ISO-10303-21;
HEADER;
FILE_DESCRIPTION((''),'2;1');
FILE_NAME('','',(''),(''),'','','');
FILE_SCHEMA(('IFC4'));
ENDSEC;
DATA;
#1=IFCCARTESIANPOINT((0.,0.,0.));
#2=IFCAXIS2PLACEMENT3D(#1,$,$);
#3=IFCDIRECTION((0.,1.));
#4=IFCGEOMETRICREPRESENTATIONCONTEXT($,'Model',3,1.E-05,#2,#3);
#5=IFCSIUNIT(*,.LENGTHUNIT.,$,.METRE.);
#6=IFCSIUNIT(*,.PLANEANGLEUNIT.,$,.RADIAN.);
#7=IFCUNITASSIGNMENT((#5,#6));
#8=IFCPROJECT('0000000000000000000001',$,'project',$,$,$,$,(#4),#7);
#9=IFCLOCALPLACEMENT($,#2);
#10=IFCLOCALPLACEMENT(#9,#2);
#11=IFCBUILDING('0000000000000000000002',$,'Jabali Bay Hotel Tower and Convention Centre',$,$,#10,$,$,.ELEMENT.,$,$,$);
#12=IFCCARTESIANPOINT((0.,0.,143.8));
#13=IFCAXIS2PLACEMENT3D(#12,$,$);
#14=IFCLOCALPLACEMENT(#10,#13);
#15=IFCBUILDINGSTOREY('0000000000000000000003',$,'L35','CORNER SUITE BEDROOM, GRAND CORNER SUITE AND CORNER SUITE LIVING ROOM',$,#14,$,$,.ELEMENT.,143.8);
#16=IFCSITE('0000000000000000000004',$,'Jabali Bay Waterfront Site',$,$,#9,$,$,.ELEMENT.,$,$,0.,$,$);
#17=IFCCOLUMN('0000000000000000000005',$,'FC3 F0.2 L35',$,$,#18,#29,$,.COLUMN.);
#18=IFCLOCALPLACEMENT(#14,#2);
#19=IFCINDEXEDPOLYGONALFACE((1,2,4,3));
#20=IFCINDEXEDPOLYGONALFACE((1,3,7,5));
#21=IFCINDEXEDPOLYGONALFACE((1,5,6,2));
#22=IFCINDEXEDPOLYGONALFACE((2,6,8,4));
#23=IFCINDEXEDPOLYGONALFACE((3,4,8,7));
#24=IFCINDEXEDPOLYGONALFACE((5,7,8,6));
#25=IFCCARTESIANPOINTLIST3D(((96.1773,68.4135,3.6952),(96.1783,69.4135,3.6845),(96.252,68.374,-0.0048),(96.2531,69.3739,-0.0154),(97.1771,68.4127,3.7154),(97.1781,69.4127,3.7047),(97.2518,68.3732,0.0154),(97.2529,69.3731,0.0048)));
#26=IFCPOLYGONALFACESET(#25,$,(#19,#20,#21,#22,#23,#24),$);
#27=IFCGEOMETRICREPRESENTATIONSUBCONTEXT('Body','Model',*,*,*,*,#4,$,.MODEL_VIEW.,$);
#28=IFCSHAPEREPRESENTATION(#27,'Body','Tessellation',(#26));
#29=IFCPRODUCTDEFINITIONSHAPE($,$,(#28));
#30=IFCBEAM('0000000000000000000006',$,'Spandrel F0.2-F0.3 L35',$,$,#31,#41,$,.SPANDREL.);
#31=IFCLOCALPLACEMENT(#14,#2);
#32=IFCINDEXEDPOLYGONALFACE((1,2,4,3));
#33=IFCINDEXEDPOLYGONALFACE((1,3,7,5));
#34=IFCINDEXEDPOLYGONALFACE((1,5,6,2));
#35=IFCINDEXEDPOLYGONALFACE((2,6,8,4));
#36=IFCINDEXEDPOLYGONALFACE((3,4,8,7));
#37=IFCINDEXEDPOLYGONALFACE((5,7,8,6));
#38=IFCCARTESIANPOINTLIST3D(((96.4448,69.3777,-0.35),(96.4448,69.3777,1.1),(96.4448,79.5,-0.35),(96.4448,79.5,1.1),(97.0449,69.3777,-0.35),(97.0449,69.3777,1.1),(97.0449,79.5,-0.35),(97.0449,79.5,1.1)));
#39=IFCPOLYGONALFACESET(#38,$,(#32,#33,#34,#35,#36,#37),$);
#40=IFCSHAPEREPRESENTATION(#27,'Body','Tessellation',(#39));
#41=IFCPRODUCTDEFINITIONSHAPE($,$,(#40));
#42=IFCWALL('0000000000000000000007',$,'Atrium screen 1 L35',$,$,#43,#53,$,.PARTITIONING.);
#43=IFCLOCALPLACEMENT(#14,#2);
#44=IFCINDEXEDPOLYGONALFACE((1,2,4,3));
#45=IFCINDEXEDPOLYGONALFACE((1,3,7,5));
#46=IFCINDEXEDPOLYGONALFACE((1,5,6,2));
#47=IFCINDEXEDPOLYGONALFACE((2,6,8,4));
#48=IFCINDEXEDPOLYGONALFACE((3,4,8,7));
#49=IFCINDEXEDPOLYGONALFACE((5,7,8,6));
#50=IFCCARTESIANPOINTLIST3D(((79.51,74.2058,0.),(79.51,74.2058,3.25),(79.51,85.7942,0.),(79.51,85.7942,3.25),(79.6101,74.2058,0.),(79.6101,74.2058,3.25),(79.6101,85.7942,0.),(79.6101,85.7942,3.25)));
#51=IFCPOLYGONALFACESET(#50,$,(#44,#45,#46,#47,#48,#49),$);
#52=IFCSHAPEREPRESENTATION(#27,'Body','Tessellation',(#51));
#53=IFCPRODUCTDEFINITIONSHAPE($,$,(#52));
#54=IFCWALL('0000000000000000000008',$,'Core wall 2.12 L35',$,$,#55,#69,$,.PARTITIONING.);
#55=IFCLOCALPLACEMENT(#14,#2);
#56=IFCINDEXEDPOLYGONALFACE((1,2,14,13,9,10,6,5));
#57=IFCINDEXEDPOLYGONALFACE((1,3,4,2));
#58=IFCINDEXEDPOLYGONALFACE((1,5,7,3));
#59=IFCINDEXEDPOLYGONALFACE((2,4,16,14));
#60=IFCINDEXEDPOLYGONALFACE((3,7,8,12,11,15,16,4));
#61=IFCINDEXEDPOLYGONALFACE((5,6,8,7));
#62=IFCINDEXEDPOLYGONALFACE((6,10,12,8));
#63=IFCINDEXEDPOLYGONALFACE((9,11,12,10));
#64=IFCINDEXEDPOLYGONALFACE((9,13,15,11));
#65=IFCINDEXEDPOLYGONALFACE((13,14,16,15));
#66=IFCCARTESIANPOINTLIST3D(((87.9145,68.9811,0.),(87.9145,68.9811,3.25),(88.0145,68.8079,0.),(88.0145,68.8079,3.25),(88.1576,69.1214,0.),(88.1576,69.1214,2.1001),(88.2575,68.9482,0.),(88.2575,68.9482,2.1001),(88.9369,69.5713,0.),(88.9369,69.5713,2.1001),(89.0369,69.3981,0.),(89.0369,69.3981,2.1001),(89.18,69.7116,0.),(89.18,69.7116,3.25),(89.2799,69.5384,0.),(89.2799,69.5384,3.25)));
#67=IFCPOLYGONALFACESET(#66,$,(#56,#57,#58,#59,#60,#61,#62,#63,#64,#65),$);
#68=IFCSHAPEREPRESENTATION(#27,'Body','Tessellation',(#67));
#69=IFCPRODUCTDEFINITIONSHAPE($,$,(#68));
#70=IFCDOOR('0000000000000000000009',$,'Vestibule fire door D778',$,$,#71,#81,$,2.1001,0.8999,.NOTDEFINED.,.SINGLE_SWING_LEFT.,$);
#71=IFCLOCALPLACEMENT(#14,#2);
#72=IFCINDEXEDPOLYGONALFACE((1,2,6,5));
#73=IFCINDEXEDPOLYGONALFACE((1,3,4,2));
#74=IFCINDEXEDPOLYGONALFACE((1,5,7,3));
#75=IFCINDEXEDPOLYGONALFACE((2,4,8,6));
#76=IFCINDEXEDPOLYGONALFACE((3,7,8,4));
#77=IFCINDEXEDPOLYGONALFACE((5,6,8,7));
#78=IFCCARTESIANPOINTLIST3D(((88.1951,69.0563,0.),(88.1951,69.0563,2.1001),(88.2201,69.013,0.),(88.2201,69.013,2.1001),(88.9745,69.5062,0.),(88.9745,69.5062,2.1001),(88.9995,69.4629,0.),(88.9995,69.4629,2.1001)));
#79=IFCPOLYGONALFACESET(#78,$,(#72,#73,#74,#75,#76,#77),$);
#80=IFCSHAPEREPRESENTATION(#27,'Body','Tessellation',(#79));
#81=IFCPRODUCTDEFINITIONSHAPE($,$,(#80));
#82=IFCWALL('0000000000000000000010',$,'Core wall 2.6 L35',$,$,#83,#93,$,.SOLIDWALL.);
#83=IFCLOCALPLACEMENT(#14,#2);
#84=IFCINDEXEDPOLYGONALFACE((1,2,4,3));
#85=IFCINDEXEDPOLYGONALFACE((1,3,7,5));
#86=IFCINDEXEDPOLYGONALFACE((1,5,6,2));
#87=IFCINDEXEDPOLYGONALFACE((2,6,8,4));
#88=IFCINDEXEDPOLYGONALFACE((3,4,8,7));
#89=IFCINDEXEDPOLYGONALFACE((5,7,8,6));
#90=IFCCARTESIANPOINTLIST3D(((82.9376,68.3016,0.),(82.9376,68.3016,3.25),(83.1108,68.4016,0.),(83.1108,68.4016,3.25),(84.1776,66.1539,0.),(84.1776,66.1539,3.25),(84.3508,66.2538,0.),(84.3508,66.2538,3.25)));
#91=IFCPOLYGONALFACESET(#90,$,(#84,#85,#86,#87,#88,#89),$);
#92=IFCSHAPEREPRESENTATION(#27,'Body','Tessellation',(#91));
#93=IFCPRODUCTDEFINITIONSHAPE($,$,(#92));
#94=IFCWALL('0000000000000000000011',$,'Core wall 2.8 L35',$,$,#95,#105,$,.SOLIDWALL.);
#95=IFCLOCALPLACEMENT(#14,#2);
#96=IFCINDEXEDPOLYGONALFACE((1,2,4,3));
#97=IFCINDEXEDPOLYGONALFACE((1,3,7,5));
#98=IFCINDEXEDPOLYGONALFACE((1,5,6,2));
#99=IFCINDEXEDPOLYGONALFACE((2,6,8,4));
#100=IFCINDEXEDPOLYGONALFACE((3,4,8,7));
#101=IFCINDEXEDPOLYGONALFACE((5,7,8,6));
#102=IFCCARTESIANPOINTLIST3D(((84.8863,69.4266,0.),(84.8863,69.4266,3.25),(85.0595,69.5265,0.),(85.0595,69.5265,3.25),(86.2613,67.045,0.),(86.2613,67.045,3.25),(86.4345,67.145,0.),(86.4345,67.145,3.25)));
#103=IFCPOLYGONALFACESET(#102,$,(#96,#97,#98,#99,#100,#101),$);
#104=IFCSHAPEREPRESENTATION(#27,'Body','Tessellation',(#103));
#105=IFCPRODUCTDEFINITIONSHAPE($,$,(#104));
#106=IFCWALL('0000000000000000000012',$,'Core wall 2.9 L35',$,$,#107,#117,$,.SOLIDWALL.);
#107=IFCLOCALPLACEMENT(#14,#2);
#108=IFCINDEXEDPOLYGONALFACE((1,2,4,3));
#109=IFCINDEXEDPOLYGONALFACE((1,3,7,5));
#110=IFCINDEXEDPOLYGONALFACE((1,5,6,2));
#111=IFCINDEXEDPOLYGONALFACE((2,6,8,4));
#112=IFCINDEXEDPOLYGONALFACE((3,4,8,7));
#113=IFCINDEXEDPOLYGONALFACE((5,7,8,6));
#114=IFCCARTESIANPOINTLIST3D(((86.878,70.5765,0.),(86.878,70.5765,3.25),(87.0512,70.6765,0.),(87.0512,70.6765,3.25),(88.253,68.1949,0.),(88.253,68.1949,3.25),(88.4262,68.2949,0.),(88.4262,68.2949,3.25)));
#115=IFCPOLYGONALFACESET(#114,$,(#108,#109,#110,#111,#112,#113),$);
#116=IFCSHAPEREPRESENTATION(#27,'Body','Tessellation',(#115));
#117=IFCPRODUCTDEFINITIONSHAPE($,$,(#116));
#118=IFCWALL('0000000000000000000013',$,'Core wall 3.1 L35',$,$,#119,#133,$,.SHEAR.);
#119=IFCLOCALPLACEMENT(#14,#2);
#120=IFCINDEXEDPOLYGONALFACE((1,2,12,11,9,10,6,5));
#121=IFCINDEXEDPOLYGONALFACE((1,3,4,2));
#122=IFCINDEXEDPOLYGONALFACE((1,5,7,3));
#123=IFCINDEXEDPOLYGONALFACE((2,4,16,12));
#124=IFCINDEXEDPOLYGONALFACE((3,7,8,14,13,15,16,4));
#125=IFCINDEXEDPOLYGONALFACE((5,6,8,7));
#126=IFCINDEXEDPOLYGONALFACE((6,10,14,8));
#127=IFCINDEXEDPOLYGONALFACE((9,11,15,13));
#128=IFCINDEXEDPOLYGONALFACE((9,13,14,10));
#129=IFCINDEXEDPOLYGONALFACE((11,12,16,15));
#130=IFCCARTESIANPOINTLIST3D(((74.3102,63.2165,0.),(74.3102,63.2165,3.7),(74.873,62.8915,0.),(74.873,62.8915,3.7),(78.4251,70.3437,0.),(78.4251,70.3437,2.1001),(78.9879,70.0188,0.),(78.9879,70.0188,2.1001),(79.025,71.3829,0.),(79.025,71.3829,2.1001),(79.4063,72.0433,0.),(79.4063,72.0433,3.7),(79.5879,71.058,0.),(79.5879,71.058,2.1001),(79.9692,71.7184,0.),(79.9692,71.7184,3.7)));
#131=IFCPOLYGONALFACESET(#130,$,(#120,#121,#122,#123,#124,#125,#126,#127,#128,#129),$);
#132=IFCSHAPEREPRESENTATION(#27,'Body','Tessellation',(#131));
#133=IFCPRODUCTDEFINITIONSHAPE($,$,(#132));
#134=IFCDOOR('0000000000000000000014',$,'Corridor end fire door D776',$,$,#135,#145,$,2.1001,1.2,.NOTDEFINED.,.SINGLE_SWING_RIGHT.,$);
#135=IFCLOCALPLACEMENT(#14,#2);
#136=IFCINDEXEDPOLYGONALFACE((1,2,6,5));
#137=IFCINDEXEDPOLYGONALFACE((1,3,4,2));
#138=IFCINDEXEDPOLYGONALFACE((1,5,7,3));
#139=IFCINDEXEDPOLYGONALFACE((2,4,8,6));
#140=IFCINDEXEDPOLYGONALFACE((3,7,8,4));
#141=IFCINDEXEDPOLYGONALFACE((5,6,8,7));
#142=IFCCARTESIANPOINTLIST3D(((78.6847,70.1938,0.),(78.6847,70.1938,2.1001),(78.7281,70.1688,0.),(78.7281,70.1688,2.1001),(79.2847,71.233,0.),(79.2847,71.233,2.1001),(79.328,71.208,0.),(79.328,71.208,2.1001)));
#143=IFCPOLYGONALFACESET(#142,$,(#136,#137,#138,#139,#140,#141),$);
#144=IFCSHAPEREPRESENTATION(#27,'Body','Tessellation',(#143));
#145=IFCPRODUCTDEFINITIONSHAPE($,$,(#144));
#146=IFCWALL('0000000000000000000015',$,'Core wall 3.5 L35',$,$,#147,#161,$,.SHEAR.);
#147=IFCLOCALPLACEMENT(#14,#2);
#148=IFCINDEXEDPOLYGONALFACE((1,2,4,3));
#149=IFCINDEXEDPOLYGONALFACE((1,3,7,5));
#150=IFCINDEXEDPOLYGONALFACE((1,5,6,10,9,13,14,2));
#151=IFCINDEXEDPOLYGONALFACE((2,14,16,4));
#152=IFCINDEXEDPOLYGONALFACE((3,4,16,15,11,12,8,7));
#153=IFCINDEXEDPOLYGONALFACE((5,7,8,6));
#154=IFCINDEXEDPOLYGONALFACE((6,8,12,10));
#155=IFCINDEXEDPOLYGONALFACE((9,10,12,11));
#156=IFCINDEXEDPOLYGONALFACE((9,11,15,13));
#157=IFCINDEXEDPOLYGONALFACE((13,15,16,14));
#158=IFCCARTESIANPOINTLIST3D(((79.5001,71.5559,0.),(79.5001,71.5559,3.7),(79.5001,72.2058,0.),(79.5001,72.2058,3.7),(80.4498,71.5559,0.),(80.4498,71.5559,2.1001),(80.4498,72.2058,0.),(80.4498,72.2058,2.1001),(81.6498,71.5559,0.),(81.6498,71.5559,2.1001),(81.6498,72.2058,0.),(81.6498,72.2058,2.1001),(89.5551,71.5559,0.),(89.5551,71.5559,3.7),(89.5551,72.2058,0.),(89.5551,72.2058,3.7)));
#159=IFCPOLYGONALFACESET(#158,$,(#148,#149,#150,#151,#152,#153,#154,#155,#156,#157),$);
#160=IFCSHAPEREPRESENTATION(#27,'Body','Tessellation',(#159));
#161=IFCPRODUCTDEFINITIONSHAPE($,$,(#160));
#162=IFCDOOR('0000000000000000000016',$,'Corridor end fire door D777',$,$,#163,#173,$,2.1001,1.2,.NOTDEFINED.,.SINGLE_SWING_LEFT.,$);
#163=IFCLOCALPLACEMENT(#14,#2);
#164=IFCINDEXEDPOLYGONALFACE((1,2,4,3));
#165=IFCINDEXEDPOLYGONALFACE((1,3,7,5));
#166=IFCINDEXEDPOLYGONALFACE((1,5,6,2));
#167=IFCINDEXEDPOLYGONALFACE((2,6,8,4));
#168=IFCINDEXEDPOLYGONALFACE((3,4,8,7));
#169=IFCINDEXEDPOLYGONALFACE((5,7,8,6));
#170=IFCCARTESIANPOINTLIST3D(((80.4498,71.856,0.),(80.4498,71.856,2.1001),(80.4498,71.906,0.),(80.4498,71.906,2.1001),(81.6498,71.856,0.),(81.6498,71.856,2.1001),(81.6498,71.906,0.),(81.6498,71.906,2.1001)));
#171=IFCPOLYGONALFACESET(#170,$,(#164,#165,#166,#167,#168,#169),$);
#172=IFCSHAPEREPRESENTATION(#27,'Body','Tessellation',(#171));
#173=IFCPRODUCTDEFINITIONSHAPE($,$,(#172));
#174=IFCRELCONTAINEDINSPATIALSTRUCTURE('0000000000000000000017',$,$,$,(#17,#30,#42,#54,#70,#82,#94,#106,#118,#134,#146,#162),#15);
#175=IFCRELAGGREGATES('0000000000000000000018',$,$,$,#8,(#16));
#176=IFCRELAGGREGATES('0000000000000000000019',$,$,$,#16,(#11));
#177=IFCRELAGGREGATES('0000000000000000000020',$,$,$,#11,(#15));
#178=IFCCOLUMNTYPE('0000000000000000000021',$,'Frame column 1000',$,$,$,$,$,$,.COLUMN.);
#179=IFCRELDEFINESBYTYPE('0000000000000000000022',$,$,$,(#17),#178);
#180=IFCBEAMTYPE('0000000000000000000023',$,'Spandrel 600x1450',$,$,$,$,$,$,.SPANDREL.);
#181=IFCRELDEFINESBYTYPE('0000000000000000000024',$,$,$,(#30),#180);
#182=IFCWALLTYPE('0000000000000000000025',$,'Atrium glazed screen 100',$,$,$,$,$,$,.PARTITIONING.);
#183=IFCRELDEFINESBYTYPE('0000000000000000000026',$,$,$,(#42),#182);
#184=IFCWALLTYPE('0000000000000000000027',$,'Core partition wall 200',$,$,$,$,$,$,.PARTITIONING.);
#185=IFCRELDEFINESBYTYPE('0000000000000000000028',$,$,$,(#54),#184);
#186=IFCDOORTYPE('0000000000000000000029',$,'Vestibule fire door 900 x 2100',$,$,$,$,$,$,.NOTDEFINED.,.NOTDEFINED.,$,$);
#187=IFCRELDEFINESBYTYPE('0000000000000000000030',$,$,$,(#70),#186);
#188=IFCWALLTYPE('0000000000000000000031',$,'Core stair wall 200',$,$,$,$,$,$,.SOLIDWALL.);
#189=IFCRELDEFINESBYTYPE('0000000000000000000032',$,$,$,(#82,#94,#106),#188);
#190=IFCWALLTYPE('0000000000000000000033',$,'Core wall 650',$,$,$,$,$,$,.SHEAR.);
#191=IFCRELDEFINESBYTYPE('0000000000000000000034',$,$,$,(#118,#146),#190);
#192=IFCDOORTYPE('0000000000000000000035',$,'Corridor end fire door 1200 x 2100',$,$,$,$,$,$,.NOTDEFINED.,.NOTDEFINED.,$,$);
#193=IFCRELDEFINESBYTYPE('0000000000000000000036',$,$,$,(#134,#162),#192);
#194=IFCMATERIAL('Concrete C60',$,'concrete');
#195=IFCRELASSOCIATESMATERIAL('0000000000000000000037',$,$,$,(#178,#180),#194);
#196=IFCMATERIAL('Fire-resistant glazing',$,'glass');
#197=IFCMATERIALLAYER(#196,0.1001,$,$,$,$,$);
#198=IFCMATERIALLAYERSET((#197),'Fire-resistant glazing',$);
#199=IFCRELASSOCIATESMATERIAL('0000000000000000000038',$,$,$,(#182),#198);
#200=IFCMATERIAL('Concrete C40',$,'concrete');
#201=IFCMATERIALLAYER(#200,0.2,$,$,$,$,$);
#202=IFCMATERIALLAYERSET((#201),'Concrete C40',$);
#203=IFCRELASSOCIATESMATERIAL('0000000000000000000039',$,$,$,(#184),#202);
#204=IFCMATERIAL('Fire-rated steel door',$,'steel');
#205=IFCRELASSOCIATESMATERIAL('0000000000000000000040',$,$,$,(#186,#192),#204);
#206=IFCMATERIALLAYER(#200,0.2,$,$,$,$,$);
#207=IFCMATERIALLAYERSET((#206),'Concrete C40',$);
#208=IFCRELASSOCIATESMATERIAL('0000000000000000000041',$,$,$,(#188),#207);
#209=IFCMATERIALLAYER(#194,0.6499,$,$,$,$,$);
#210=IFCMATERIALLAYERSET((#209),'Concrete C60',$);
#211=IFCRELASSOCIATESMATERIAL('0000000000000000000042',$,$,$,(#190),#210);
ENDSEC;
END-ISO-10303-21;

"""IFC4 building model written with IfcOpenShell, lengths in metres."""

from ifc_helpers import new_model, si_unit, direction, frame, frame_2d, origin, origin_2d, place, context, subcontext, project, spatial, rectangle, extrude, material, layer, layer_set, material_profile, profile_set, type_object, element, fill, save


model = new_model("IFC4")

# Units and contexts
model_context = context("Model", 3, precision=1e-05, world=origin(), true_north=direction((0.0, 1.0)))
body_context = subcontext(model_context, "Body", "Model", "MODEL_VIEW")
ifc_project = project(units=[si_unit("LENGTHUNIT", "METRE"), si_unit("PLANEANGLEUNIT", "RADIAN")], contexts=[model_context])

# Site, building, storey
site_placement = place(None, origin())
site = spatial("IfcSite", under=ifc_project, at=site_placement, Name="Jabali Bay Waterfront Site", CompositionType="ELEMENT", RefElevation=0.0)
building_placement = place(site_placement, origin())
building = spatial("IfcBuilding", under=site, at=building_placement, Name="Jabali Bay Hotel Tower and Convention Centre", CompositionType="ELEMENT")
storey_placement = place(building_placement, frame((0.0, 0.0, 143.8)))
storey = spatial("IfcBuildingStorey", under=building, at=storey_placement, Name="L35", Description="CORNER SUITE BEDROOM, GRAND CORNER SUITE AND CORNER SUITE LIVING ROOM", CompositionType="ELEMENT", Elevation=143.8)

# Column
ifc_material_1 = material(Name="Concrete C60", Category="concrete")
ifc_material_profile_1 = material_profile(ifc_material_1, rectangle(XDim=1.0, YDim=1.0, at=origin_2d()), Name="Frame column 1000")
ifc_profile_set_1 = profile_set([ifc_material_profile_1], Name="Concrete C60")
column_type = type_object("IfcColumnType", Name="Frame column 1000", PredefinedType="COLUMN", material=ifc_profile_set_1)
column_placement = place(storey_placement, frame((96.7524, 68.8735, 0.0), z_axis=(-0.020186, 0.010687, 0.999739), x_axis=(-0.001023, -0.999943, 0.010668)))
element("IfcColumn", 1, at=column_placement, inside=storey, type_object=column_type, Name="FC3 F0.2 L35", PredefinedType="COLUMN", context=body_context, shape_type="SweptSolid", body=[
    extrude(rectangle(XDim=1.0, YDim=1.0, at=origin_2d()), origin(), (0.0, 0.0, 1.0), 3.7009),
])

# Beam
ifc_material_profile_2 = material_profile(ifc_material_1, rectangle(XDim=0.6001, YDim=1.45, at=origin_2d()), Name="Spandrel 600x1450")
ifc_profile_set_2 = profile_set([ifc_material_profile_2], Name="Concrete C60")
beam_type = type_object("IfcBeamType", Name="Spandrel 600x1450", PredefinedType="SPANDREL", material=ifc_profile_set_2)
beam_placement = place(storey_placement, frame((96.7449, 69.3777, 0.375), z_axis=(0.0, 1.0, 0.0), x_axis=(-1.0, 0.0, 0.0)))
element("IfcBeam", 2, at=beam_placement, inside=storey, type_object=beam_type, Name="Spandrel F0.2-F0.3 L35", PredefinedType="SPANDREL", context=body_context, shape_type="SweptSolid", body=[
    extrude(rectangle(XDim=0.6001, YDim=1.45, at=origin_2d()), origin(), (0.0, 0.0, 1.0), 10.1223),
])

# Wall
ifc_material_2 = material(Name="Fire-resistant glazing", Category="glass")
ifc_layer_1 = layer(ifc_material_2, 0.1001)
ifc_layer_set_1 = layer_set([ifc_layer_1], Name="Fire-resistant glazing")
wall_type_1 = type_object("IfcWallType", Name="Atrium glazed screen 100", PredefinedType="PARTITIONING", material=ifc_layer_set_1)
wall_1_placement = place(storey_placement, frame((79.5601, 74.2058, 0.0), z_axis=(0.0, 0.0, 1.0), x_axis=(0.0, 1.0, 0.0)))
element("IfcWall", 3, at=wall_1_placement, inside=storey, type_object=wall_type_1, Name="Atrium screen 1 L35", PredefinedType="PARTITIONING", context=body_context, shape_type="SweptSolid", body=[
    extrude(rectangle(XDim=11.5884, YDim=0.1001, at=frame_2d((5.7942, 0.0))), origin(), (0.0, 0.0, 1.0), 3.25),
])

# Wall, opening, door
ifc_material_3 = material(Name="Concrete C40", Category="concrete")
ifc_layer_2 = layer(ifc_material_3, 0.2)
ifc_layer_set_2 = layer_set([ifc_layer_2], Name="Concrete C40")
wall_type_2 = type_object("IfcWallType", Name="Core partition wall 200", PredefinedType="PARTITIONING", material=ifc_layer_set_2)
wall_2_placement = place(storey_placement, frame((87.9646, 68.8945, 0.0), z_axis=(0.0, 0.0, 1.0), x_axis=(0.866055, 0.499949, 0.0)))
wall_2 = element("IfcWall", 4, at=wall_2_placement, inside=storey, type_object=wall_type_2, Name="Core wall 2.12 L35", PredefinedType="PARTITIONING", context=body_context, shape_type="SweptSolid", body=[
    extrude(rectangle(XDim=1.4612, YDim=0.2, at=frame_2d((0.7305, 0.0))), origin(), (0.0, 0.0, 1.0), 3.25),
])
opening_1_placement = place(wall_2_placement, frame((0.2805, 0.0, 0.0)))
opening_1 = element("IfcOpeningElement", 5, at=opening_1_placement, cuts=wall_2, PredefinedType="OPENING", context=body_context, shape_type="SweptSolid", body=[
    extrude(rectangle(XDim=0.8999, YDim=2.1001, at=frame_2d((0.45, 1.05))), frame((0.0, 0.1104, 0.0), z_axis=(0.0, -1.0, 0.0), x_axis=(1.0, 0.0, 0.0)), (0.0, 0.0, 1.0), 0.2209),
])
ifc_material_4 = material(Name="Fire-rated steel door", Category="steel")
door_type_1 = type_object("IfcDoorType", Name="Vestibule fire door 900 x 2100", OperationType="NOTDEFINED", PredefinedType="NOTDEFINED", material=ifc_material_4)
door_1_placement = place(opening_1_placement, origin())
door_1 = element("IfcDoor", 6, at=door_1_placement, inside=storey, type_object=door_type_1, Name="Vestibule fire door D778", OperationType="SINGLE_SWING_LEFT", OverallHeight=2.1001, OverallWidth=0.8999, PredefinedType="NOTDEFINED", context=body_context, shape_type="SweptSolid", body=[
    extrude(rectangle(XDim=0.8999, YDim=2.1001, at=frame_2d((0.45, 1.05))), frame((0.0, 0.0249, 0.0), z_axis=(0.0, -1.0, 0.0), x_axis=(1.0, 0.0, 0.0)), (0.0, 0.0, 1.0), 0.05),
])
fill(opening_1, door_1)

# Walls
ifc_layer_3 = layer(ifc_material_3, 0.2)
ifc_layer_set_3 = layer_set([ifc_layer_3], Name="Concrete C40")
wall_type_3 = type_object("IfcWallType", Name="Core stair wall 200", PredefinedType="SOLIDWALL", material=ifc_layer_set_3)
wall_3_placement = place(storey_placement, frame((83.0242, 68.3516, 0.0), z_axis=(0.0, 0.0, 1.0), x_axis=(0.500004, -0.866023, 0.0)))
element("IfcWall", 7, at=wall_3_placement, inside=storey, type_object=wall_type_3, Name="Core wall 2.6 L35", PredefinedType="SOLIDWALL", context=body_context, shape_type="SweptSolid", body=[
    extrude(rectangle(XDim=2.48, YDim=0.2, at=frame_2d((1.24, 0.0))), origin(), (0.0, 0.0, 1.0), 3.25),
])
for number, where, z_axis, x_axis, name in (
    (8, (84.9729, 69.4766, 0.0), (0.0, 0.0, 1.0), (0.499997, -0.866027, 0.0), "Core wall 2.8 L35"),
    (9, (86.9646, 70.6265, 0.0), (0.0, 0.0, 1.0), (0.499997, -0.866027, 0.0), "Core wall 2.9 L35"),
):
    element("IfcWall", number, at=place(storey_placement, frame(where, z_axis=z_axis, x_axis=x_axis)), inside=storey, type_object=wall_type_3, Name=name, PredefinedType="SOLIDWALL", context=body_context, shape_type="SweptSolid", body=[
        extrude(rectangle(XDim=2.75, YDim=0.2, at=frame_2d((1.375, 0.0))), origin(), (0.0, 0.0, 1.0), 3.25),
    ])

# Walls, openings, doors
ifc_layer_4 = layer(ifc_material_1, 0.6499)
ifc_layer_set_4 = layer_set([ifc_layer_4], Name="Concrete C60")
wall_type_4 = type_object("IfcWallType", Name="Core wall 650", PredefinedType="SHEAR", material=ifc_layer_set_4)
wall_4_placement = place(storey_placement, frame((79.6877, 71.8809, 0.0), z_axis=(0.0, 0.0, 1.0), x_axis=(-0.499998, -0.866026, 0.0)))
wall_4 = element("IfcWall", 10, at=wall_4_placement, inside=storey, type_object=wall_type_4, Name="Core wall 3.1 L35", PredefinedType="SHEAR", context=body_context, shape_type="SweptSolid", body=[
    extrude(rectangle(XDim=10.1924, YDim=0.6499, at=frame_2d((5.0962, 0.0))), origin(), (0.0, 0.0, 1.0), 3.7),
])
opening_2_placement = place(wall_4_placement, frame((0.7625, 0.0, 0.0)))
opening_2 = element("IfcOpeningElement", 11, at=opening_2_placement, cuts=wall_4, PredefinedType="OPENING", context=body_context, shape_type="SweptSolid", body=[
    extrude(rectangle(XDim=1.2, YDim=2.1001, at=frame_2d((0.6001, 1.05))), frame((0.0, 0.3354, 0.0), z_axis=(0.0, -1.0, 0.0), x_axis=(1.0, 0.0, 0.0)), (0.0, 0.0, 1.0), 0.6709),
])
door_type_2 = type_object("IfcDoorType", Name="Corridor end fire door 1200 x 2100", OperationType="NOTDEFINED", PredefinedType="NOTDEFINED", material=ifc_material_4)
door_2_placement = place(opening_2_placement, origin())
door_2 = element("IfcDoor", 12, at=door_2_placement, inside=storey, type_object=door_type_2, Name="Corridor end fire door D776", OperationType="SINGLE_SWING_RIGHT", OverallHeight=2.1001, OverallWidth=1.2, PredefinedType="NOTDEFINED", context=body_context, shape_type="SweptSolid", body=[
    extrude(rectangle(XDim=1.2, YDim=2.1001, at=frame_2d((0.6001, 1.05))), frame((0.0, 0.0249, 0.0), z_axis=(0.0, -1.0, 0.0), x_axis=(1.0, 0.0, 0.0)), (0.0, 0.0, 1.0), 0.05),
])
fill(opening_2, door_2)
wall_5_placement = place(storey_placement, frame((89.5549, 71.8809, 0.0), z_axis=(0.0, 0.0, 1.0), x_axis=(-1.0, 0.0, 0.0)))
wall_5 = element("IfcWall", 13, at=wall_5_placement, inside=storey, type_object=wall_type_4, Name="Core wall 3.5 L35", PredefinedType="SHEAR", context=body_context, shape_type="SweptSolid", body=[
    extrude(rectangle(XDim=10.0549, YDim=0.6499, at=frame_2d((5.0273, 0.0))), origin(), (0.0, 0.0, 1.0), 3.7),
])
opening_3_placement = place(wall_5_placement, frame((7.905, 0.0, 0.0)))
opening_3 = element("IfcOpeningElement", 14, at=opening_3_placement, cuts=wall_5, PredefinedType="OPENING", context=body_context, shape_type="SweptSolid", body=[
    extrude(rectangle(XDim=1.2, YDim=2.1001, at=frame_2d((0.6001, 1.05))), frame((0.0, 0.3354, 0.0), z_axis=(0.0, -1.0, 0.0), x_axis=(1.0, 0.0, 0.0)), (0.0, 0.0, 1.0), 0.6709),
])
door_3_placement = place(opening_3_placement, origin())
door_3 = element("IfcDoor", 15, at=door_3_placement, inside=storey, type_object=door_type_2, Name="Corridor end fire door D777", OperationType="SINGLE_SWING_LEFT", OverallHeight=2.1001, OverallWidth=1.2, PredefinedType="NOTDEFINED", context=body_context, shape_type="SweptSolid", body=[
    extrude(rectangle(XDim=1.2, YDim=2.1001, at=frame_2d((0.6001, 1.05))), frame((0.0, 0.0249, 0.0), z_axis=(0.0, -1.0, 0.0), x_axis=(1.0, 0.0, 0.0)), (0.0, 0.0, 1.0), 0.05),
])
fill(opening_3, door_3)

save(model, "model.ifc")
